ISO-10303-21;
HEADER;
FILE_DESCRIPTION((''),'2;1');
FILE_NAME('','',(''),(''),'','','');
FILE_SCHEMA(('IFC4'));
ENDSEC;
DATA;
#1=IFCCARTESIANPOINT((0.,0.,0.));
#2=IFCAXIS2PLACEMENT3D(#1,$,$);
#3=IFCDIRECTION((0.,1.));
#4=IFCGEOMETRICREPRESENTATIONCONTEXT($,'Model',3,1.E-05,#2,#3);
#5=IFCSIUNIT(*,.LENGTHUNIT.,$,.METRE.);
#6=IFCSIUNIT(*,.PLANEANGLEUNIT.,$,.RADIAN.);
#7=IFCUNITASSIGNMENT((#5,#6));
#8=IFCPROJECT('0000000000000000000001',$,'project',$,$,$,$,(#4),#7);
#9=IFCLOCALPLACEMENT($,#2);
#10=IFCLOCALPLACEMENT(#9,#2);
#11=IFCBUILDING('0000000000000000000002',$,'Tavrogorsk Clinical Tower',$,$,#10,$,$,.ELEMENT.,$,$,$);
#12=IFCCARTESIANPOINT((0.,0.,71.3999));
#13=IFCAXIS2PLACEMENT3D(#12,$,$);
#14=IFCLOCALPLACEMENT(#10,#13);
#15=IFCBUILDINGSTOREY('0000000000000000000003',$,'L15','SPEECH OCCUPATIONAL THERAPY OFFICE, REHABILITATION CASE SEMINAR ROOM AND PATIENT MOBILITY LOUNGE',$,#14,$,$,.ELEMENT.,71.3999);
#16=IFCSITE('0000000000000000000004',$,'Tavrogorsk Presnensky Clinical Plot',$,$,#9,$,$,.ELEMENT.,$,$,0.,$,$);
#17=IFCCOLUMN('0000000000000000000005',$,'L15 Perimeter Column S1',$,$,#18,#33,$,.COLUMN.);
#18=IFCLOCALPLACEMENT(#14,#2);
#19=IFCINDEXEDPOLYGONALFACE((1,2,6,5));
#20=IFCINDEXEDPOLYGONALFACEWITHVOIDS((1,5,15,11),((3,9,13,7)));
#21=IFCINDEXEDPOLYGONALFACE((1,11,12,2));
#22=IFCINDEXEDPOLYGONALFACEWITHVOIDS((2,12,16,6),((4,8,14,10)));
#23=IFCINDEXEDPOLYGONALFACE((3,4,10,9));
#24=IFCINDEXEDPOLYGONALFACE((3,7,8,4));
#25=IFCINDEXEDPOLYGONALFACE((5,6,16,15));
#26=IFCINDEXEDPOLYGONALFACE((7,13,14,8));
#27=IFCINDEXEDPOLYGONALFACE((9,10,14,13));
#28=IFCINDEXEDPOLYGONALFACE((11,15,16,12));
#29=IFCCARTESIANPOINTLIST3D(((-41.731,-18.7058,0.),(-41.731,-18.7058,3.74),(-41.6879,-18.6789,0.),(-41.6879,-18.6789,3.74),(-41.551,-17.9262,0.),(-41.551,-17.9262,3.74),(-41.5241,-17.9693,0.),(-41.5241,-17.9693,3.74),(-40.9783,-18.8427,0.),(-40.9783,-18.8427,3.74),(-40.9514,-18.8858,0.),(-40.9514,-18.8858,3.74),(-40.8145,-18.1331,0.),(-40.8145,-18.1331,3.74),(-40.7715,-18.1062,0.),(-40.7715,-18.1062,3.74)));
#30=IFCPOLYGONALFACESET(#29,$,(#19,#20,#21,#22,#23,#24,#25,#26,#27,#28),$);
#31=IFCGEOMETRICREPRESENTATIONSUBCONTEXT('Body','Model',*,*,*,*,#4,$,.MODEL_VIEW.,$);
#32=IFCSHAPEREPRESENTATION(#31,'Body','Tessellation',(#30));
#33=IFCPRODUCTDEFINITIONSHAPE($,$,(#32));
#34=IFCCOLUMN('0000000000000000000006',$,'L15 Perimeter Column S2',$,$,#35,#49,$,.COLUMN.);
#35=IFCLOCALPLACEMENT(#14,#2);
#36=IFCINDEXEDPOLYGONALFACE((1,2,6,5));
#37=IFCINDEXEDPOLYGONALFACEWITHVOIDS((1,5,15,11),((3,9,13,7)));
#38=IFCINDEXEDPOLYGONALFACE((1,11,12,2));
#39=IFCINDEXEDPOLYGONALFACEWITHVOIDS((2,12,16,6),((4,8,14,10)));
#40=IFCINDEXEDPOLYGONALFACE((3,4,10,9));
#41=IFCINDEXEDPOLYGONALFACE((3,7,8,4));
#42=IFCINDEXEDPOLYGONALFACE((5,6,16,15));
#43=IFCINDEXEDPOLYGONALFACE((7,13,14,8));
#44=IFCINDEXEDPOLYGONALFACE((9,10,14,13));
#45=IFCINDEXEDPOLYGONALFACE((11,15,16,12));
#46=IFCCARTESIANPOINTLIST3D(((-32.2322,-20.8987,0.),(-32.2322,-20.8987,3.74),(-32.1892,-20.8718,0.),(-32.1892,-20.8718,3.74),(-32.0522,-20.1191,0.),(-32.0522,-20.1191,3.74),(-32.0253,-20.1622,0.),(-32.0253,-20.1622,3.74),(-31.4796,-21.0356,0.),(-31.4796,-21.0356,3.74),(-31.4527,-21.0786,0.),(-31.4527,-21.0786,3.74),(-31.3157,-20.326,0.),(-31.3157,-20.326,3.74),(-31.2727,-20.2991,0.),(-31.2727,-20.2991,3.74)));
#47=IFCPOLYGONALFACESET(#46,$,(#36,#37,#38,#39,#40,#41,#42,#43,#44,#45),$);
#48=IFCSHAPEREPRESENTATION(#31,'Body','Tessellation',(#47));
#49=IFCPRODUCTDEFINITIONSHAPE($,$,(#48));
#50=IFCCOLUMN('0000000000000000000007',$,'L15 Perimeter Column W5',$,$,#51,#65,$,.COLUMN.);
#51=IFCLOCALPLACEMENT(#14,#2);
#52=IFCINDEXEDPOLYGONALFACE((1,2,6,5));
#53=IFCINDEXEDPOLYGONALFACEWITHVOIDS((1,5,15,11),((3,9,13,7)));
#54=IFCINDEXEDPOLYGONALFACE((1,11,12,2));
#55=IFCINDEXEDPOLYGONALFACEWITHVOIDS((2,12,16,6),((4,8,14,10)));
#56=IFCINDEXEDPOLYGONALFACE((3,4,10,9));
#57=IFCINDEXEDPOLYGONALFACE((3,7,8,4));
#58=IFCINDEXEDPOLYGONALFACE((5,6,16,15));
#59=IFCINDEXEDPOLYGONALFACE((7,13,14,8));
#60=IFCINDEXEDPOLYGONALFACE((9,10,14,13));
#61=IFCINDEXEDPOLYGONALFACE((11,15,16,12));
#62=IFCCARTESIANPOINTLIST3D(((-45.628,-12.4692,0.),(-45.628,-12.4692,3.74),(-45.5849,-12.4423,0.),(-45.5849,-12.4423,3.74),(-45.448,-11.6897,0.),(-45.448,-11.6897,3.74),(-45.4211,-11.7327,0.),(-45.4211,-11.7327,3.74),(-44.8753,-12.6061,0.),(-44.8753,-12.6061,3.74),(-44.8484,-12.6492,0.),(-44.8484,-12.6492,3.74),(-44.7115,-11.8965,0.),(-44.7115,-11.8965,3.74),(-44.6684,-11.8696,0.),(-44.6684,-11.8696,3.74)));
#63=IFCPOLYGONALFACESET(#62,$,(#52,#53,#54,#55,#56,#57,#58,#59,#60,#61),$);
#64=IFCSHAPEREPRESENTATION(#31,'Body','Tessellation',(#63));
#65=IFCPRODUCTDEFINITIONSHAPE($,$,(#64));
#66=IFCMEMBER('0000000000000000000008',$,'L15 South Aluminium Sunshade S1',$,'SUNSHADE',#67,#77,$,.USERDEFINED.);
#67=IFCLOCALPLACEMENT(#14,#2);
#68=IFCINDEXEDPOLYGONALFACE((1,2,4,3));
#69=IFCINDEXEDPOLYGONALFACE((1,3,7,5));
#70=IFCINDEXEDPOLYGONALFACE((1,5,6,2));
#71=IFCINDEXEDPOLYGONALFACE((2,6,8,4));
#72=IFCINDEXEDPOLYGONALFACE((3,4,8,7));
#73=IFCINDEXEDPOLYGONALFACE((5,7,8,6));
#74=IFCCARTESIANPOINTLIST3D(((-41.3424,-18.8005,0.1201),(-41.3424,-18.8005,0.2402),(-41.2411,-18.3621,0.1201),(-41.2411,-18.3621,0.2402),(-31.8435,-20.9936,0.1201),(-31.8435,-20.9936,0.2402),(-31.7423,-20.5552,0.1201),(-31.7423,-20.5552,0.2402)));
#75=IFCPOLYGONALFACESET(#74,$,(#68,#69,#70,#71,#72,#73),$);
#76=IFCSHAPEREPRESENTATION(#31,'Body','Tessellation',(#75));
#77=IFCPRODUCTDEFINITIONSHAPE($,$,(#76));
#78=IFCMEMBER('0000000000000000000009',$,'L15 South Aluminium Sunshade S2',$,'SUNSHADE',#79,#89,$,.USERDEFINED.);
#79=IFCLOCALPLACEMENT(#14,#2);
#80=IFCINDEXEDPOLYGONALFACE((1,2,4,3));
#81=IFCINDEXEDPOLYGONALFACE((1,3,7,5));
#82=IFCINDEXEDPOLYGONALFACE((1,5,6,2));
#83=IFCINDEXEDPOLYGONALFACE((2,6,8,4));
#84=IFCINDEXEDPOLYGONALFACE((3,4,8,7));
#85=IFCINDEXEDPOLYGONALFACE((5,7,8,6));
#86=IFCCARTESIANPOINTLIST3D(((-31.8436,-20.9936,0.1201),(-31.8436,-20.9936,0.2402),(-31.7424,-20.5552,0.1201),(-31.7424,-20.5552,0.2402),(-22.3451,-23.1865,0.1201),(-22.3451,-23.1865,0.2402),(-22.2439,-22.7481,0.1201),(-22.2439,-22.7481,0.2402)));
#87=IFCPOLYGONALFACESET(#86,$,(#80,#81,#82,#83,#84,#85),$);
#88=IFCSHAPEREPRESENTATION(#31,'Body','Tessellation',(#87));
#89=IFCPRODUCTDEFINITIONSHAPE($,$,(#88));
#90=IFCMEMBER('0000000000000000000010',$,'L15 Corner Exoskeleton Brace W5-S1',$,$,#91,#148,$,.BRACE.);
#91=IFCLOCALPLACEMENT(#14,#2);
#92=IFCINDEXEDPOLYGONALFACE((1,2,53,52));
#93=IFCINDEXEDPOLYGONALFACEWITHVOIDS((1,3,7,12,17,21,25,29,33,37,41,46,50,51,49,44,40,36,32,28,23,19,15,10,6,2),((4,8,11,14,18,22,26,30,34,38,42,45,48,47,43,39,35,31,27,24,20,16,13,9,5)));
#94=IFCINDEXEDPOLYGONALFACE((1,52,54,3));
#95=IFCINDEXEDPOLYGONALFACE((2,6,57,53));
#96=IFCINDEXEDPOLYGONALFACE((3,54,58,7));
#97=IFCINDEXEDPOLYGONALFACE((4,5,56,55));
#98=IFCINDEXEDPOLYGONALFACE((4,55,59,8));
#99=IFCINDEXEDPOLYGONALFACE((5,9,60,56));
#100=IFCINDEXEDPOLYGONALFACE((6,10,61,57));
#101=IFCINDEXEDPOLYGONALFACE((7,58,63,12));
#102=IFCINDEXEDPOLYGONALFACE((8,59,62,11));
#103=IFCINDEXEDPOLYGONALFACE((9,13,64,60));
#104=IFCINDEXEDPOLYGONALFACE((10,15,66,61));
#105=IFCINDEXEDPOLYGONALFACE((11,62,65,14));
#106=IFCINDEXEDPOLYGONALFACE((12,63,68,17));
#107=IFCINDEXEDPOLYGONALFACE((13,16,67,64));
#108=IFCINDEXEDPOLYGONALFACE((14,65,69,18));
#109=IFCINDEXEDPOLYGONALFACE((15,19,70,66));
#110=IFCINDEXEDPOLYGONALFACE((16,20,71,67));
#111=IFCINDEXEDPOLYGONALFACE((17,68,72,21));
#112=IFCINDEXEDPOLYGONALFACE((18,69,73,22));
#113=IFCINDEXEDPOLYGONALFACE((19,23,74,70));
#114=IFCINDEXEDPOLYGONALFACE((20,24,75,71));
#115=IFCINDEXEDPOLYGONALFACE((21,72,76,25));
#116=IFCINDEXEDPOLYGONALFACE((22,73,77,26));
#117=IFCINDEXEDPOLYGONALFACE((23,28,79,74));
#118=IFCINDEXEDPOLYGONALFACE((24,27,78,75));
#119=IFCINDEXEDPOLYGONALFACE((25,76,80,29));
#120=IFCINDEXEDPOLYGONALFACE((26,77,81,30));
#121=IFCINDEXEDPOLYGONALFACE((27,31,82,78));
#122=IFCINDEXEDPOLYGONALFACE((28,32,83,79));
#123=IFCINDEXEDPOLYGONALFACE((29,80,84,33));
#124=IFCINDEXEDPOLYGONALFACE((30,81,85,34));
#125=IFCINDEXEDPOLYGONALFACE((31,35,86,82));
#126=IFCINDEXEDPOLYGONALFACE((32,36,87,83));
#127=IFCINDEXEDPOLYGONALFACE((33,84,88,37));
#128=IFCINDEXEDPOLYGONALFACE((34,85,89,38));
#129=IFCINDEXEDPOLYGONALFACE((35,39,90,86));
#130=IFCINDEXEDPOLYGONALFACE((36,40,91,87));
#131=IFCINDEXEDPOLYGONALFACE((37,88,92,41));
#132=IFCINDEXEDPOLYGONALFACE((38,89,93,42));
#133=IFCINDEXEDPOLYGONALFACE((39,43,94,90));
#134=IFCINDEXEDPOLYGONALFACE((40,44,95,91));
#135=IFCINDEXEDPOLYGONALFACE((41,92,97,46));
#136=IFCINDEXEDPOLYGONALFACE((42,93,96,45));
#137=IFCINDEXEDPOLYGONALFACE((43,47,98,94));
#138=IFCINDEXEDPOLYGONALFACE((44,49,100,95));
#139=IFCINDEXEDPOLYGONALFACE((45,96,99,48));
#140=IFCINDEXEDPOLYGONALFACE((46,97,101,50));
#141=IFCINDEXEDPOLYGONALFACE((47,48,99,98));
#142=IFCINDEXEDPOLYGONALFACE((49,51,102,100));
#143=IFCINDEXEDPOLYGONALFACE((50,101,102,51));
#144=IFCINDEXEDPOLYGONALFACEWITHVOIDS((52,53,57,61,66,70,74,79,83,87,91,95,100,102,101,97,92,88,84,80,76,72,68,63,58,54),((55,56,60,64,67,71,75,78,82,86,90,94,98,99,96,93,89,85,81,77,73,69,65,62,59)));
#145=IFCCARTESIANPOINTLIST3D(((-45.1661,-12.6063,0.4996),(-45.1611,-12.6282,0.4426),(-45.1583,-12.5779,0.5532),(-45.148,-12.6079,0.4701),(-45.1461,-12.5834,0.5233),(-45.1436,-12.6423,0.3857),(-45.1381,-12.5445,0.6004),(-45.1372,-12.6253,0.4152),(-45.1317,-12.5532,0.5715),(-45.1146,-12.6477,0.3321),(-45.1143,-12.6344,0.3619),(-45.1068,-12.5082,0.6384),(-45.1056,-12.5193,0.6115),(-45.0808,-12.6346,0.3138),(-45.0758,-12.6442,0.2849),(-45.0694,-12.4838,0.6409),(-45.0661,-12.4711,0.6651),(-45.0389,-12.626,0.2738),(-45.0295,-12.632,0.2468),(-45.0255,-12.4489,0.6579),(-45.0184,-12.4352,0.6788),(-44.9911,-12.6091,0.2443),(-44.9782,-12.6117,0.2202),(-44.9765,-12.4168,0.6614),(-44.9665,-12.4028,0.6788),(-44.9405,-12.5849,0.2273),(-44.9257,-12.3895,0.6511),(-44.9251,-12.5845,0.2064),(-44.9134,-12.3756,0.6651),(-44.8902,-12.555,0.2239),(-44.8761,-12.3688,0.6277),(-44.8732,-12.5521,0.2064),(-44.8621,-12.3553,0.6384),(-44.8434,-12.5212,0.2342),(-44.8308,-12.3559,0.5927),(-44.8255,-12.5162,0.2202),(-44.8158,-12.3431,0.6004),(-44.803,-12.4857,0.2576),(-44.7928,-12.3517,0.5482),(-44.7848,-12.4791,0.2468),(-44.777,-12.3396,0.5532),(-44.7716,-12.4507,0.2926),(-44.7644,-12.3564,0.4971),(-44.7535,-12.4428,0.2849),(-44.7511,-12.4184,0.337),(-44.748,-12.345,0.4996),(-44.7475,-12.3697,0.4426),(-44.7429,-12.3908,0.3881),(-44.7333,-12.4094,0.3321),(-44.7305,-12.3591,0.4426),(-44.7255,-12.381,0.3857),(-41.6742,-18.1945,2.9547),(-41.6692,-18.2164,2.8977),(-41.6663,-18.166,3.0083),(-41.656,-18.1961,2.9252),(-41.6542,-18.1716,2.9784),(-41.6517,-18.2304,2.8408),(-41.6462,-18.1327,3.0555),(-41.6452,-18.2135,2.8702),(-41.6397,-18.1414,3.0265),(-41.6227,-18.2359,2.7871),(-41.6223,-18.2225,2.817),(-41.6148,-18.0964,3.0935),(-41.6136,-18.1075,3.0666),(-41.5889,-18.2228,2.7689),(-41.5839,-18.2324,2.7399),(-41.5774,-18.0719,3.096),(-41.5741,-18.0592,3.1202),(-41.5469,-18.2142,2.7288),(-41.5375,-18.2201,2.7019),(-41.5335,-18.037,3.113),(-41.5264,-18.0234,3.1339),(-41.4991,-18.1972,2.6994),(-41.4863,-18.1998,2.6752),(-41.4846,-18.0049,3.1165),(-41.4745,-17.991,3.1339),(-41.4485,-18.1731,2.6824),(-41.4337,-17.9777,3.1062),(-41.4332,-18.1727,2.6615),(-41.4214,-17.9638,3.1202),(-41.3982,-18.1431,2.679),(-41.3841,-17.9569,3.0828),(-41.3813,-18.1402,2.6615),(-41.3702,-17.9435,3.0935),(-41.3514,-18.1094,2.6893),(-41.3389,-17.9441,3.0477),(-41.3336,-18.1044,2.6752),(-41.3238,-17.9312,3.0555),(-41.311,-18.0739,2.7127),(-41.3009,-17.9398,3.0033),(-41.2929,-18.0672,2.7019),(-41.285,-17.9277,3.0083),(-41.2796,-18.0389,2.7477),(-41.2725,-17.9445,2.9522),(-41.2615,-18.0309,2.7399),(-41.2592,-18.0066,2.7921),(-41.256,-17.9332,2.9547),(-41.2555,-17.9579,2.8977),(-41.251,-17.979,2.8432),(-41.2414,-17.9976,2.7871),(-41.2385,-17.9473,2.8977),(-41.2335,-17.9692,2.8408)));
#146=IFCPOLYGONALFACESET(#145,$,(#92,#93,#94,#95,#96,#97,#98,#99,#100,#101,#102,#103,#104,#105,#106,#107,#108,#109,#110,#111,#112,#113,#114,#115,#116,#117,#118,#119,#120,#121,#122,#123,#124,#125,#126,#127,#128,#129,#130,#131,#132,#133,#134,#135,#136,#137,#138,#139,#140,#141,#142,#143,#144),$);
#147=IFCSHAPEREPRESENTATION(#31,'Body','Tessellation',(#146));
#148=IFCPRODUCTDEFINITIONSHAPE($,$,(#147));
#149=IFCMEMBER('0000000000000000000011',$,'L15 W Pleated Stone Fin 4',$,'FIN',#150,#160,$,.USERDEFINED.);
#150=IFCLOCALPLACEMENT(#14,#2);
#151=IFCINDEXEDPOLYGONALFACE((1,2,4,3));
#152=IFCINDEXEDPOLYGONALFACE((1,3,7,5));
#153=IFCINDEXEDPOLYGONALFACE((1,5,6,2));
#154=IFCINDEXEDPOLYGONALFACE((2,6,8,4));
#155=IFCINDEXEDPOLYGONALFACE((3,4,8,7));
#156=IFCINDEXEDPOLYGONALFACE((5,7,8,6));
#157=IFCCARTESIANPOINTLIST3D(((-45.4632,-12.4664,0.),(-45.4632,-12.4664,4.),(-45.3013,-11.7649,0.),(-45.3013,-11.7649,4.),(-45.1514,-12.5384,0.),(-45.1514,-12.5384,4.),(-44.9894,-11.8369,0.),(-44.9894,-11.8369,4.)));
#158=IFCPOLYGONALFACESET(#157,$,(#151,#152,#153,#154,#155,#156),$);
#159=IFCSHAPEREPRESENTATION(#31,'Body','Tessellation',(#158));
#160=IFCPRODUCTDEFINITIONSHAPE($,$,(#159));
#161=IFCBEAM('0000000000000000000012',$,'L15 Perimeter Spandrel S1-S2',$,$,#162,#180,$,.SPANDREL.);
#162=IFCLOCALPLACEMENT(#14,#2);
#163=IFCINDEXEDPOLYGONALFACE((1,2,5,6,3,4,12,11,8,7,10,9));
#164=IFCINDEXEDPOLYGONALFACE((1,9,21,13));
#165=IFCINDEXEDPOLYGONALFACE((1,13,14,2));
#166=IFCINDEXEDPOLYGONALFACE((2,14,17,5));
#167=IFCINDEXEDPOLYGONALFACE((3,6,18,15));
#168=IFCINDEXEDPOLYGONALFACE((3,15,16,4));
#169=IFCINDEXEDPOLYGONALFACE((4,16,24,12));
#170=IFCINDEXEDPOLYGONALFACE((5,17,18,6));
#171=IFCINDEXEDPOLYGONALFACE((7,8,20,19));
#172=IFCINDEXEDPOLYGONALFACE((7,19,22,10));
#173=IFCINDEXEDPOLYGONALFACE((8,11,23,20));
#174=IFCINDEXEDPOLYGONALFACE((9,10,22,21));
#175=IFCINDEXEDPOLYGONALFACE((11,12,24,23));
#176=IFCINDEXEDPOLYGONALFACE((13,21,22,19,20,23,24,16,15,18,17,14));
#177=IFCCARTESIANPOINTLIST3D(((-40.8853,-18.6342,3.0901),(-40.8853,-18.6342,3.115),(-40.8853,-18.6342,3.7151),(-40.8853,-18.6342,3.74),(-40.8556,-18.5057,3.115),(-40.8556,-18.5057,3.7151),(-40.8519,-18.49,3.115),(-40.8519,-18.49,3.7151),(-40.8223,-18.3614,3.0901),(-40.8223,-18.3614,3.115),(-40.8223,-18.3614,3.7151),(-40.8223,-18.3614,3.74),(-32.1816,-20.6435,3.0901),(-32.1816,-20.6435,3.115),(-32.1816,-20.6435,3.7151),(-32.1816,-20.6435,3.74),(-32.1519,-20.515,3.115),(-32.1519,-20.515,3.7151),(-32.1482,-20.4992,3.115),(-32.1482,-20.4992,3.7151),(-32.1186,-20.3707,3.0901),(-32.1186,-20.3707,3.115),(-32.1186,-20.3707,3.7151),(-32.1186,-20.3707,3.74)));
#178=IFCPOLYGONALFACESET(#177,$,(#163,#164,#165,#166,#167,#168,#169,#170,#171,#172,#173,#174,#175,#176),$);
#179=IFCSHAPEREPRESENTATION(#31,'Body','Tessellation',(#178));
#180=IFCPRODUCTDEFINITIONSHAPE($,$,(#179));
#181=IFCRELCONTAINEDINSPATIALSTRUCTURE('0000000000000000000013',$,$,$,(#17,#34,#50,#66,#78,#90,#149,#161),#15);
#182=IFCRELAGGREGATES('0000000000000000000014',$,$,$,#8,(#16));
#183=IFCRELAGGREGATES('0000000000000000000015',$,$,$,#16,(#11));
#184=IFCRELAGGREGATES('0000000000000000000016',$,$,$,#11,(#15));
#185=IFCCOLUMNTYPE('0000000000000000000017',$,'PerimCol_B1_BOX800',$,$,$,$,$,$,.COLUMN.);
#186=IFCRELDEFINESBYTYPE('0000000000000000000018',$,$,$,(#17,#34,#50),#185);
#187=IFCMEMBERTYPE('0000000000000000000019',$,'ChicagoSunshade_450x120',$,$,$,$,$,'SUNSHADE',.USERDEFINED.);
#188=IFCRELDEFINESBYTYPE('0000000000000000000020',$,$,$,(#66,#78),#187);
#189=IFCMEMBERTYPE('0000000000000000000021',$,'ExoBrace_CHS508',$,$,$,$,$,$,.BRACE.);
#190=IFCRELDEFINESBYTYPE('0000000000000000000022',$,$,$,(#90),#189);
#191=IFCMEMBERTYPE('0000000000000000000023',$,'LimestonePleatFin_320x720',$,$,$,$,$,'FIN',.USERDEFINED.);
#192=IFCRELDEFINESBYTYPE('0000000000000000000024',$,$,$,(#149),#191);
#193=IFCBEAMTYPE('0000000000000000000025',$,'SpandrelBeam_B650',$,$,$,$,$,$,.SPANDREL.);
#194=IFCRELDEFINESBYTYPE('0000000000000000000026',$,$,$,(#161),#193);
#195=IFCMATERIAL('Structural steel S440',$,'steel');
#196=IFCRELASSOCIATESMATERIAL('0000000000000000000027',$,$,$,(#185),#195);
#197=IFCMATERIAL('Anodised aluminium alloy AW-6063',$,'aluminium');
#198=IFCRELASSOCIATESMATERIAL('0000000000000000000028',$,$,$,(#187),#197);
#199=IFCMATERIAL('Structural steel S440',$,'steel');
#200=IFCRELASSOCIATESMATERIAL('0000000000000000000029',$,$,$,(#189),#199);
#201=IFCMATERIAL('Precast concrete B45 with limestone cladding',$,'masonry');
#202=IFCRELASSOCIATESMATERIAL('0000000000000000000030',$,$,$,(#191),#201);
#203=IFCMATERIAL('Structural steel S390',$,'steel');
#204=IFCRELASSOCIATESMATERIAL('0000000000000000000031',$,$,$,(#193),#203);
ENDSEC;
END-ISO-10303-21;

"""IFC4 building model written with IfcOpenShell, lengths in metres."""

from ifc_helpers import new_model, si_unit, direction, frame, origin, origin_2d, place, context, subcontext, project, spatial, rectangle, hollow_rectangle, hollow_circle, i_section, extrude, material, material_profile, profile_set, type_object, element, save


model = new_model("IFC4")

# Units and contexts
model_context = context("Model", 3, precision=1e-05, world=origin(), true_north=direction((0.0, 1.0)))
body_context = subcontext(model_context, "Body", "Model", "MODEL_VIEW")
ifc_project = project(units=[si_unit("LENGTHUNIT", "METRE"), si_unit("PLANEANGLEUNIT", "RADIAN")], contexts=[model_context])

# Site, building, storey
site_placement = place(None, origin())
site = spatial("IfcSite", under=ifc_project, at=site_placement, Name="Tavrogorsk Presnensky Clinical Plot", CompositionType="ELEMENT", RefElevation=0.0)
building_placement = place(site_placement, origin())
building = spatial("IfcBuilding", under=site, at=building_placement, Name="Tavrogorsk Clinical Tower", CompositionType="ELEMENT")
storey_placement = place(building_placement, frame((0.0, 0.0, 71.3999)))
storey = spatial("IfcBuildingStorey", under=building, at=storey_placement, Name="L15", Description="SPEECH OCCUPATIONAL THERAPY OFFICE, REHABILITATION CASE SEMINAR ROOM AND PATIENT MOBILITY LOUNGE", CompositionType="ELEMENT", Elevation=71.3999)

# Columns
ifc_material_1 = material(Name="Structural steel S440", Category="steel")
ifc_material_profile_1 = material_profile(ifc_material_1, hollow_rectangle(XDim=0.8, YDim=0.8, WallThickness=0.0359, at=origin_2d()), Name="BOX-800x800x36")
ifc_profile_set_1 = profile_set([ifc_material_profile_1], Name="Structural steel S440")
column_type = type_object("IfcColumnType", Name="PerimCol_B1_BOX800", PredefinedType="COLUMN", material=ifc_profile_set_1)
for number, where, z_axis, x_axis, name in (
    (1, (-41.2512, -18.406, 0.0), (0.0, 0.0, 1.0), (0.97437, -0.224951, 0.0), "L15 Perimeter Column S1"),
    (2, (-31.7524, -20.5989, 0.0), (0.0, 0.0, 1.0), (0.97437, -0.224951, 0.0), "L15 Perimeter Column S2"),
    (3, (-45.1482, -12.1694, 0.0), (0.0, 0.0, 1.0), (0.97437, -0.224951, 0.0), "L15 Perimeter Column W5"),
):
    element("IfcColumn", number, at=place(storey_placement, frame(where, z_axis=z_axis, x_axis=x_axis)), inside=storey, type_object=column_type, Name=name, PredefinedType="COLUMN", context=body_context, shape_type="SweptSolid", body=[
        extrude(hollow_rectangle(XDim=0.8, YDim=0.8, WallThickness=0.0359, at=origin_2d()), origin(), (0.0, 0.0, 1.0), 3.74),
    ])

# Members
ifc_material_2 = material(Name="Anodised aluminium alloy AW-6063", Category="aluminium")
ifc_material_profile_2 = material_profile(ifc_material_2, rectangle(XDim=0.45, YDim=0.1201, at=origin_2d()), Name="ALU-SUNSHADE-450x120")
ifc_profile_set_2 = profile_set([ifc_material_profile_2], Name="Anodised aluminium alloy AW-6063")
member_type_1 = type_object("IfcMemberType", Name="ChicagoSunshade_450x120", ElementType="SUNSHADE", PredefinedType="USERDEFINED", material=ifc_profile_set_2)
member_1_placement = place(storey_placement, frame((-41.2917, -18.5813, 0.1802), z_axis=(0.974367, -0.224966, 0.0), x_axis=(0.224966, 0.974367, 0.0)))
element("IfcMember", 4, at=member_1_placement, inside=storey, type_object=member_type_1, Name="L15 South Aluminium Sunshade S1", ObjectType="SUNSHADE", PredefinedType="USERDEFINED", context=body_context, shape_type="SweptSolid", body=[
    extrude(rectangle(XDim=0.45, YDim=0.1201, at=origin_2d()), origin(), (0.0, 0.0, 1.0), 9.7488),
])
member_2_placement = place(storey_placement, frame((-31.793, -20.7744, 0.1802), z_axis=(0.974371, -0.224947, 0.0), x_axis=(0.224947, 0.974371, 0.0)))
element("IfcMember", 5, at=member_2_placement, inside=storey, type_object=member_type_1, Name="L15 South Aluminium Sunshade S2", ObjectType="SUNSHADE", PredefinedType="USERDEFINED", context=body_context, shape_type="SweptSolid", body=[
    extrude(rectangle(XDim=0.45, YDim=0.1201, at=origin_2d()), origin(), (0.0, 0.0, 1.0), 9.7483),
])
ifc_material_3 = material(Name="Structural steel S440", Category="steel")
ifc_material_profile_3 = material_profile(ifc_material_3, hollow_circle(Radius=0.2539, WallThickness=0.02, at=origin_2d()), Name="CHS-508x20")
ifc_profile_set_3 = profile_set([ifc_material_profile_3], Name="Structural steel S440")
member_type_2 = type_object("IfcMemberType", Name="ExoBrace_CHS508", PredefinedType="BRACE", material=ifc_profile_set_3)
member_3_placement = place(storey_placement, frame((-44.9458, -12.4937, 0.4426), z_axis=(0.496582, -0.794678, 0.349132), x_axis=(0.848042, 0.529929, 0.0)))
element("IfcMember", 6, at=member_3_placement, inside=storey, type_object=member_type_2, Name="L15 Corner Exoskeleton Brace W5-S1", PredefinedType="BRACE", context=body_context, shape_type="SweptSolid", body=[
    extrude(hollow_circle(Radius=0.2539, WallThickness=0.02, at=origin_2d()), origin(), (0.0, 0.0, 1.0), 7.032),
])
ifc_material_4 = material(Name="Precast concrete B45 with limestone cladding", Category="masonry")
ifc_material_profile_4 = material_profile(ifc_material_4, rectangle(XDim=0.3201, YDim=0.72, at=origin_2d()), Name="LIMESTONE-FIN-320x720")
ifc_profile_set_4 = profile_set([ifc_material_profile_4], Name="Precast concrete B45 with limestone cladding")
member_type_3 = type_object("IfcMemberType", Name="LimestonePleatFin_320x720", ElementType="FIN", PredefinedType="USERDEFINED", material=ifc_profile_set_4)
member_4_placement = place(storey_placement, frame((-45.2263, -12.1516, 0.0), z_axis=(0.0, 0.0, 1.0), x_axis=(0.97437, -0.224951, 0.0)))
element("IfcMember", 7, at=member_4_placement, inside=storey, type_object=member_type_3, Name="L15 W Pleated Stone Fin 4", ObjectType="FIN", PredefinedType="USERDEFINED", context=body_context, shape_type="SweptSolid", body=[
    extrude(rectangle(XDim=0.3201, YDim=0.72, at=origin_2d()), origin(), (0.0, 0.0, 1.0), 4.0),
])

# Beam
ifc_material_5 = material(Name="Structural steel S390", Category="steel")
ifc_material_profile_5 = material_profile(ifc_material_5, i_section(OverallWidth=0.28, OverallDepth=0.6499, WebThickness=0.0161, FlangeThickness=0.0249, at=origin_2d()), Name="B-650x280x16x25")
ifc_profile_set_5 = profile_set([ifc_material_profile_5], Name="Structural steel S390")
beam_type = type_object("IfcBeamType", Name="SpandrelBeam_B650", PredefinedType="SPANDREL", material=ifc_profile_set_5)
for number, where, z_axis, x_axis, name in (
    (8, (-40.8538, -18.4978, 3.415), (0.974373, -0.224939, 0.0), (0.224939, 0.974373, 0.0), "L15 Perimeter Spandrel S1-S2"),
):
    element("IfcBeam", number, at=place(storey_placement, frame(where, z_axis=z_axis, x_axis=x_axis)), inside=storey, type_object=beam_type, Name=name, PredefinedType="SPANDREL", context=body_context, shape_type="SweptSolid", body=[
        extrude(i_section(OverallWidth=0.28, OverallDepth=0.6499, WebThickness=0.0161, FlangeThickness=0.0249, at=origin_2d()), origin(), (0.0, 0.0, 1.0), 8.9326),
    ])

save(model, "model.ifc")
